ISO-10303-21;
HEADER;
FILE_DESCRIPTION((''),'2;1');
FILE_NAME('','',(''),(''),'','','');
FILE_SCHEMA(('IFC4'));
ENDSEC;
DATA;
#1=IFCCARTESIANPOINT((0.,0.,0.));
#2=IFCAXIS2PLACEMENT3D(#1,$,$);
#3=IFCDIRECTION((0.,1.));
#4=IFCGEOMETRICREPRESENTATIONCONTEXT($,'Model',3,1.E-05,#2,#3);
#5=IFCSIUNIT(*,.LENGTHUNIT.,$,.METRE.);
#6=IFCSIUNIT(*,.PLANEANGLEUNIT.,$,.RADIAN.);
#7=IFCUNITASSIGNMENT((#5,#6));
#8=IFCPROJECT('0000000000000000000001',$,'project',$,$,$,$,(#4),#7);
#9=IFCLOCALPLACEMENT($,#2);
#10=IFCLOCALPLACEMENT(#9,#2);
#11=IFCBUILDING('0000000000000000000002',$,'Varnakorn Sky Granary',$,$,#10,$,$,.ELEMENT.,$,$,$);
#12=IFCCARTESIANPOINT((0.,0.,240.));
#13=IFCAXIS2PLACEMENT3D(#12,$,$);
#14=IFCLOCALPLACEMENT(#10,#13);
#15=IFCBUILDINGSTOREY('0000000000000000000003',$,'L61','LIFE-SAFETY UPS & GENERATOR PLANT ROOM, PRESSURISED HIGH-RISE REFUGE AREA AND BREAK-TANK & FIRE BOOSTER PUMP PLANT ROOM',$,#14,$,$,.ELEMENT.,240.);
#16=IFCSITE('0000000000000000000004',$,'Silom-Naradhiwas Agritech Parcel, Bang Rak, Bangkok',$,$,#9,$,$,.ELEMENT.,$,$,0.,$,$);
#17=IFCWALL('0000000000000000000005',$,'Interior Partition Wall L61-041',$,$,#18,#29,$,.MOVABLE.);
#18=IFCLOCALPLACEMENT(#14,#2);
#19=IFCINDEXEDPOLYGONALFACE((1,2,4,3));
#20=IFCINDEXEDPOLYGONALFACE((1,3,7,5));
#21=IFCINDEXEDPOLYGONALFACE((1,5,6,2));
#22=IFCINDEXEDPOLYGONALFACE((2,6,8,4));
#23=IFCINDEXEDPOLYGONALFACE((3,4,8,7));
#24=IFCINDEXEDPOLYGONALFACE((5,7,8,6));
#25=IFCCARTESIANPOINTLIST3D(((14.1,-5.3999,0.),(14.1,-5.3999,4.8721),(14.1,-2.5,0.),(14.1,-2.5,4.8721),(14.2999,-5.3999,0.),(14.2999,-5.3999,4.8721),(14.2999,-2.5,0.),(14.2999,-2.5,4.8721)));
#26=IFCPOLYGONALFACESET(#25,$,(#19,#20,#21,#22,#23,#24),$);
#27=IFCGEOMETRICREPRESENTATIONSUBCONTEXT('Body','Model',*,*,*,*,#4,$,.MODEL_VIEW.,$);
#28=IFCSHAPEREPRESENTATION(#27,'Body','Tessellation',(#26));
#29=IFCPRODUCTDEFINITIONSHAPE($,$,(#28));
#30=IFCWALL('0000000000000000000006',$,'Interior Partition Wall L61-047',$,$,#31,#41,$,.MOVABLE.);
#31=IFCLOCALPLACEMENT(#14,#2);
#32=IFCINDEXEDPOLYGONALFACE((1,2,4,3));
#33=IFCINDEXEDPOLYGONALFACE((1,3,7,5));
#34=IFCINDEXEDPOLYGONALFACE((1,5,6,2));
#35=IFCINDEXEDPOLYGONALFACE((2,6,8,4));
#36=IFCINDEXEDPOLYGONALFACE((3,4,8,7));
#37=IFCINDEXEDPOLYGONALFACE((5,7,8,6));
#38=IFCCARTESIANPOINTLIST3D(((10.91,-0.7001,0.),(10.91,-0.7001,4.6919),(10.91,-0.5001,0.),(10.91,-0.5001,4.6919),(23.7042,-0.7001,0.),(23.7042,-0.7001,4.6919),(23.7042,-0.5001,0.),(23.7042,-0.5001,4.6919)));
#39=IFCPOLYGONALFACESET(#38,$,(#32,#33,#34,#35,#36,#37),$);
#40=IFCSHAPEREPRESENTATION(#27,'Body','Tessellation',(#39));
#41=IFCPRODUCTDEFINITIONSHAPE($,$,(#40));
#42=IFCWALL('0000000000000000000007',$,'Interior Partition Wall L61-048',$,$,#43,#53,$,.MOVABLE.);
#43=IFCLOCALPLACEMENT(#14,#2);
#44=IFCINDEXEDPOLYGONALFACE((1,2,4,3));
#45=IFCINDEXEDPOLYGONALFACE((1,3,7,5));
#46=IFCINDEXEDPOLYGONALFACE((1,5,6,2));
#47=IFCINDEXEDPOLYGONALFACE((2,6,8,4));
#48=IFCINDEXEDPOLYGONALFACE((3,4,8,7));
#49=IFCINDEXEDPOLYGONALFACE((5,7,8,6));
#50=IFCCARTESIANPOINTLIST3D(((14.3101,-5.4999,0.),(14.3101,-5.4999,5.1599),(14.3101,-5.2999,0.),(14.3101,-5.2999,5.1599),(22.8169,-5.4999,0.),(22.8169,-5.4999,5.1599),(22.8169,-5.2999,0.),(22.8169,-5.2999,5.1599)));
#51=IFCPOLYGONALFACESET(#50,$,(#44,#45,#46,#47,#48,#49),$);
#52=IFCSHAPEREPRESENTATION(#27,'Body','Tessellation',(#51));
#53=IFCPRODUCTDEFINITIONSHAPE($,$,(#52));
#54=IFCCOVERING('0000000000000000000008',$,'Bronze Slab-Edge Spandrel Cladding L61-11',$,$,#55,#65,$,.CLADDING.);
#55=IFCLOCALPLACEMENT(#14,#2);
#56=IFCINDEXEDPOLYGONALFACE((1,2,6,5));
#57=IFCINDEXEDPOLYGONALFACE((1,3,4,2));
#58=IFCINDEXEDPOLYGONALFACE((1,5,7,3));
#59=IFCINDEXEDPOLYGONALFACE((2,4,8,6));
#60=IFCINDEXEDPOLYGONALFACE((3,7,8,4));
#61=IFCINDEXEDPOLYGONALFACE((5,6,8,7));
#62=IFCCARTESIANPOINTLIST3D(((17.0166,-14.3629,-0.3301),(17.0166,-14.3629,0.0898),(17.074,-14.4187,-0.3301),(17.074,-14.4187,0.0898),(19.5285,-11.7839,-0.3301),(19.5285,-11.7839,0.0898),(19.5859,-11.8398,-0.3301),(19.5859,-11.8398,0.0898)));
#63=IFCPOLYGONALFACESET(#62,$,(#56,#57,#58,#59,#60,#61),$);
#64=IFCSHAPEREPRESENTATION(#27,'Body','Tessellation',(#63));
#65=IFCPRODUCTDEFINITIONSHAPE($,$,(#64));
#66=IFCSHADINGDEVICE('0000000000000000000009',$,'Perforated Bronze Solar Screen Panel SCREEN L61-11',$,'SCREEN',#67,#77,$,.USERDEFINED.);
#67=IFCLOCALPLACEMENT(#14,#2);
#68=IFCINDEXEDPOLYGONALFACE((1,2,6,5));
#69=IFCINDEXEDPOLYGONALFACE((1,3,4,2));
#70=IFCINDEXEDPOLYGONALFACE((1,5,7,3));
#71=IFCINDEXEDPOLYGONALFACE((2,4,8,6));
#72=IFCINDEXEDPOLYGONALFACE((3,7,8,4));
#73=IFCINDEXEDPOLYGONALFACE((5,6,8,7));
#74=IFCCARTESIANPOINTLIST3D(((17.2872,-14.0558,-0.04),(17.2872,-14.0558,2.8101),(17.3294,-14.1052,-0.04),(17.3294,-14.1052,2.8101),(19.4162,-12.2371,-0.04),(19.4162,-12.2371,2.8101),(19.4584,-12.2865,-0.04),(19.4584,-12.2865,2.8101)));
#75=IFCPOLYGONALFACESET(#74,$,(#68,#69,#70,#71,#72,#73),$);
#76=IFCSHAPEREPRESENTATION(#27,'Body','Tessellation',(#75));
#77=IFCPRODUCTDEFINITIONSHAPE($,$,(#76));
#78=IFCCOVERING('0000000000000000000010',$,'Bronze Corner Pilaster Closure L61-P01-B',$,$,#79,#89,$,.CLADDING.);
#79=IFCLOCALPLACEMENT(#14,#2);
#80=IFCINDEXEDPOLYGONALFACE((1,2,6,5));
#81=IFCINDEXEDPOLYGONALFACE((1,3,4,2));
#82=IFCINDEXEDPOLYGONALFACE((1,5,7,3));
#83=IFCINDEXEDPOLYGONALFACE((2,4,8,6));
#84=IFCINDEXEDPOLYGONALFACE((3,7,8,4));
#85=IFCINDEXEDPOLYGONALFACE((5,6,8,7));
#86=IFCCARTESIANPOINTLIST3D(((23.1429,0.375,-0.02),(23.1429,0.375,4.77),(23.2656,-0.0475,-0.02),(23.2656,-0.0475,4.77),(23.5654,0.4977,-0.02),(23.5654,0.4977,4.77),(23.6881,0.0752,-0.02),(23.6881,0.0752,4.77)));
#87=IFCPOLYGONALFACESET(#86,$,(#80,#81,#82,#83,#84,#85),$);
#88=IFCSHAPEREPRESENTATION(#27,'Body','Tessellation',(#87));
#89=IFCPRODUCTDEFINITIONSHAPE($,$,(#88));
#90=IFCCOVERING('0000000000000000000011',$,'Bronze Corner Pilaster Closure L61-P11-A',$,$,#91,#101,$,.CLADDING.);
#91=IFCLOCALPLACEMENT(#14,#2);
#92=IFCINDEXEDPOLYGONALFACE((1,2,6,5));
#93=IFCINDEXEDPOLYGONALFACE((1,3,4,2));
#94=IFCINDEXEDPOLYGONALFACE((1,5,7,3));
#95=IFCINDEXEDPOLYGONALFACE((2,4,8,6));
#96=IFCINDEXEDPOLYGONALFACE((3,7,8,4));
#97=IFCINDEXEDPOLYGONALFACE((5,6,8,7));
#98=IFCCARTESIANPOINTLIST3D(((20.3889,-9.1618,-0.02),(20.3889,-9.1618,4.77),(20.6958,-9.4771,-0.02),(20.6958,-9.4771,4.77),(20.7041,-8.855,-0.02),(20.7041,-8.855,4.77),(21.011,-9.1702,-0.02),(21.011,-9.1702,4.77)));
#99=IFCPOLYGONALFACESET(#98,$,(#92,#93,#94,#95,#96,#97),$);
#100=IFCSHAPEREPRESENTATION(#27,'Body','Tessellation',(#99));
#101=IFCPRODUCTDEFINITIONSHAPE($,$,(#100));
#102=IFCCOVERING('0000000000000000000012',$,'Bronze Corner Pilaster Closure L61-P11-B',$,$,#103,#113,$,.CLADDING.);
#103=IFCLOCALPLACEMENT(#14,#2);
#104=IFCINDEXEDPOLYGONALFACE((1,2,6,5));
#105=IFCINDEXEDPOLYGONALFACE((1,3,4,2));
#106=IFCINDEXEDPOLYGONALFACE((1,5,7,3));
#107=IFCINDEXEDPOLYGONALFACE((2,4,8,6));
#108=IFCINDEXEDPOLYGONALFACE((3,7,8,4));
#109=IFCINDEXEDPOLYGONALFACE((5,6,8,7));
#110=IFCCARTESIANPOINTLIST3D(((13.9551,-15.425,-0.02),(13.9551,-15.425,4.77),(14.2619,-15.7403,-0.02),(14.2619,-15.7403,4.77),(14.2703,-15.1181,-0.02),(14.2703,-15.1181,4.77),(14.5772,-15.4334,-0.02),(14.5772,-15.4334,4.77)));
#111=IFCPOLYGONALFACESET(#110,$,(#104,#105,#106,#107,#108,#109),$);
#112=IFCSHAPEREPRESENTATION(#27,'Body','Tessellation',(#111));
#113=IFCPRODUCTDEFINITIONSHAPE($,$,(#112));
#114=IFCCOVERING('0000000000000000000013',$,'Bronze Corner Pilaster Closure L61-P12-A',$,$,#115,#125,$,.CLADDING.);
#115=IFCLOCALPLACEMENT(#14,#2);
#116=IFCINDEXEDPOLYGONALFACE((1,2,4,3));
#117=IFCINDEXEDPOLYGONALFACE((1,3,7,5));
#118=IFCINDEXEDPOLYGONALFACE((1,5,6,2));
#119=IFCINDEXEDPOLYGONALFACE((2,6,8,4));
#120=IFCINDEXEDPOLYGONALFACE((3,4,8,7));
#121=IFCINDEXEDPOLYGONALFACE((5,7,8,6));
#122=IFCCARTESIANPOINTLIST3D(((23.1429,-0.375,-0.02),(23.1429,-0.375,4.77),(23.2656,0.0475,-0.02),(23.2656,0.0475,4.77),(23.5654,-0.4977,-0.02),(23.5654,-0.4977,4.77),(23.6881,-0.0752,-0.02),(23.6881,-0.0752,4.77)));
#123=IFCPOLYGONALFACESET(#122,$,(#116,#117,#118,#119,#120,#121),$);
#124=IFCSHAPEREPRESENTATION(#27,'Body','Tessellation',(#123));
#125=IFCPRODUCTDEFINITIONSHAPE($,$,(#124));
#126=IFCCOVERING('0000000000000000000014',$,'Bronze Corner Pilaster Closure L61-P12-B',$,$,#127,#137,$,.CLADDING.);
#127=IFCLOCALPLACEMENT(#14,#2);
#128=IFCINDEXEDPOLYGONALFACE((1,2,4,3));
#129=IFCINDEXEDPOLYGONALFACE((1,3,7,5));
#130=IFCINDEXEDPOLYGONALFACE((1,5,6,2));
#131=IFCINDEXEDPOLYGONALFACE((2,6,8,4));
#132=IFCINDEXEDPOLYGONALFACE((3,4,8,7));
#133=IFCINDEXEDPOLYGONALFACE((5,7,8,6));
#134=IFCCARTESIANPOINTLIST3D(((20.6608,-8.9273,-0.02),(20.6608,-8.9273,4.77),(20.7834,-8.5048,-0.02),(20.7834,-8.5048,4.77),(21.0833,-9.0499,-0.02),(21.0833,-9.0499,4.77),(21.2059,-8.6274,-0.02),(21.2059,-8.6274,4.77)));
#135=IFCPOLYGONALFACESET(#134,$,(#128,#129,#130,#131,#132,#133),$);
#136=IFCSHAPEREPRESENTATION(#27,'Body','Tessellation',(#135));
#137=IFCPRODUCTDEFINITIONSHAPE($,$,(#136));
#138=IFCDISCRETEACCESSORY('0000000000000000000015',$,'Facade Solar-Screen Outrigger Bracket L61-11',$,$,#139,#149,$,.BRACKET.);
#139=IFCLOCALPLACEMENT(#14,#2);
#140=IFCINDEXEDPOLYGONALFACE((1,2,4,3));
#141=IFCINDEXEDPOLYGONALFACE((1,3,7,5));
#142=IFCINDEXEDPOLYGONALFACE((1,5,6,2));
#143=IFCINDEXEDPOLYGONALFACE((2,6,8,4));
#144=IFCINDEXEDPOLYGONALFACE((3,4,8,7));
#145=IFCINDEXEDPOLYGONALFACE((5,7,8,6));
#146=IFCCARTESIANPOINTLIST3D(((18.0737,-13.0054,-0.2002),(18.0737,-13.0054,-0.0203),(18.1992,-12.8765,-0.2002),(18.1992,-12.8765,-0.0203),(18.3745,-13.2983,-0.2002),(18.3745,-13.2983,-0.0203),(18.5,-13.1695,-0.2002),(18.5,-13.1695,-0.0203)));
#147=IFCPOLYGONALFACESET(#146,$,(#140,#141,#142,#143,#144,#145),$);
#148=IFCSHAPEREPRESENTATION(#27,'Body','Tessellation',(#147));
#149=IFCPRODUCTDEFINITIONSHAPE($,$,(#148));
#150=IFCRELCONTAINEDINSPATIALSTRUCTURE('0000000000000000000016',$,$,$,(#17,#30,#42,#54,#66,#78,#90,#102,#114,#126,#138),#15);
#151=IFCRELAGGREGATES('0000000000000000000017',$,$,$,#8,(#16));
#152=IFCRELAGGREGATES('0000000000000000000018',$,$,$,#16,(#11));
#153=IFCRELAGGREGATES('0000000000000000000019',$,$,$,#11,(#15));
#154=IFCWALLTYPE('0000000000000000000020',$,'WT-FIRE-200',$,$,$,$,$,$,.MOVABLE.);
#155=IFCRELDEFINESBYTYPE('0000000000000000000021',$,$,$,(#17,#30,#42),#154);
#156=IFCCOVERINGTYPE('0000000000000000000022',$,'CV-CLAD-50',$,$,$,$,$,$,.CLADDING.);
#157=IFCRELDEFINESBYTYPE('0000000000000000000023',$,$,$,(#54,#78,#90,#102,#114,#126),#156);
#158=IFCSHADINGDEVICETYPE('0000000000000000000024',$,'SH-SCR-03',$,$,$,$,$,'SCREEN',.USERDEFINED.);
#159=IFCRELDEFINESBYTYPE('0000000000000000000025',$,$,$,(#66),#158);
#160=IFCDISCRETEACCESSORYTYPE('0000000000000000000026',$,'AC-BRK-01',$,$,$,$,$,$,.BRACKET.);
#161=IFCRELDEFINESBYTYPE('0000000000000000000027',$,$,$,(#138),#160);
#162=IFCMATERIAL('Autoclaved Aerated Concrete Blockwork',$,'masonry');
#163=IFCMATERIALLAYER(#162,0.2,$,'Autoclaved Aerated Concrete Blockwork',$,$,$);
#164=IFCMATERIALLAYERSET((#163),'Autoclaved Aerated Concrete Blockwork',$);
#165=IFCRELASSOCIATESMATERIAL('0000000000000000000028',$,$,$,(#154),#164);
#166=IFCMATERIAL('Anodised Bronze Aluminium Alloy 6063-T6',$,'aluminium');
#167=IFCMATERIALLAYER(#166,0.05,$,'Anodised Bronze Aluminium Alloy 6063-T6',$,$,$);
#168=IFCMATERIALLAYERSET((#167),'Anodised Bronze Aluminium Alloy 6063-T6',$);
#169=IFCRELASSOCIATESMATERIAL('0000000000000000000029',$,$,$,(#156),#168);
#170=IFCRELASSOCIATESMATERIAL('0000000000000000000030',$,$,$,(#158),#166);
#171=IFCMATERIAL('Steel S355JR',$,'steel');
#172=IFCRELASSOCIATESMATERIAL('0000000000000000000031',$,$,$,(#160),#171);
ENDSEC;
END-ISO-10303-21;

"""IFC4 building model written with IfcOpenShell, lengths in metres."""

from ifc_helpers import new_model, si_unit, direction, frame, frame_2d, origin, origin_2d, place, context, subcontext, project, spatial, rectangle, extrude, source, transform, mapped, material, layer, layer_set, type_object, type_shapes, element, save


model = new_model("IFC4")

# Units and contexts
model_context = context("Model", 3, precision=1e-05, world=origin(), true_north=direction((0.0, 1.0)))
body_context = subcontext(model_context, "Body", "Model", "MODEL_VIEW")
ifc_project = project(units=[si_unit("LENGTHUNIT", "METRE"), si_unit("PLANEANGLEUNIT", "RADIAN")], contexts=[model_context])

# Site, building, storey
site_placement = place(None, origin())
site = spatial("IfcSite", under=ifc_project, at=site_placement, Name="Silom-Naradhiwas Agritech Parcel, Bang Rak, Bangkok", CompositionType="ELEMENT", RefElevation=0.0)
building_placement = place(site_placement, origin())
building = spatial("IfcBuilding", under=site, at=building_placement, Name="Varnakorn Sky Granary", CompositionType="ELEMENT")
storey_placement = place(building_placement, frame((0.0, 0.0, 240.0)))
storey = spatial("IfcBuildingStorey", under=building, at=storey_placement, Name="L61", Description="LIFE-SAFETY UPS & GENERATOR PLANT ROOM, PRESSURISED HIGH-RISE REFUGE AREA AND BREAK-TANK & FIRE BOOSTER PUMP PLANT ROOM", CompositionType="ELEMENT", Elevation=240.0)

# Shared definitions
ifc_material_1 = material(Name="Steel S355JR", Category="steel")

# Walls
ifc_material_2 = material(Name="Autoclaved Aerated Concrete Blockwork", Category="masonry")
ifc_layer_1 = layer(ifc_material_2, 0.2, Name="Autoclaved Aerated Concrete Blockwork")
ifc_layer_set_1 = layer_set([ifc_layer_1], Name="Autoclaved Aerated Concrete Blockwork")
wall_type_1 = type_object("IfcWallType", Name="WT-FIRE-200", PredefinedType="MOVABLE", material=ifc_layer_set_1)
wall_1_placement = place(storey_placement, frame((14.2, -2.5, 0.0), z_axis=(0.0, 0.0, 1.0), x_axis=(0.0, -1.0, 0.0)))
element("IfcWall", 1, at=wall_1_placement, inside=storey, type_object=wall_type_1, Name="Interior Partition Wall L61-041", PredefinedType="MOVABLE", context=body_context, shape_type="SweptSolid", body=[
    extrude(rectangle(XDim=2.8999, YDim=0.2, at=frame_2d((1.45, 0.0))), origin(), (0.0, 0.0, 1.0), 4.8721),
])
wall_2_placement = place(storey_placement, frame((23.7041, -0.6001, 0.0), z_axis=(0.0, 0.0, 1.0), x_axis=(-1.0, 0.0, 0.0)))
element("IfcWall", 2, at=wall_2_placement, inside=storey, type_object=wall_type_1, Name="Interior Partition Wall L61-047", PredefinedType="MOVABLE", context=body_context, shape_type="SweptSolid", body=[
    extrude(rectangle(XDim=12.7942, YDim=0.2, at=frame_2d((6.397, 0.0))), origin(), (0.0, 0.0, 1.0), 4.6919),
])
wall_3_placement = place(storey_placement, frame((22.8169, -5.3999, 0.0), z_axis=(0.0, 0.0, 1.0), x_axis=(-1.0, 0.0, 0.0)))
element("IfcWall", 3, at=wall_3_placement, inside=storey, type_object=wall_type_1, Name="Interior Partition Wall L61-048", PredefinedType="MOVABLE", context=body_context, shape_type="SweptSolid", body=[
    extrude(rectangle(XDim=8.5068, YDim=0.2, at=frame_2d((4.2534, 0.0))), origin(), (0.0, 0.0, 1.0), 5.1599),
])

# Shared definitions
ifc_material_3 = material(Name="Anodised Bronze Aluminium Alloy 6063-T6", Category="aluminium")

# Covering
ifc_layer_2 = layer(ifc_material_3, 0.05, Name="Anodised Bronze Aluminium Alloy 6063-T6")
ifc_layer_set_2 = layer_set([ifc_layer_2], Name="Anodised Bronze Aluminium Alloy 6063-T6")
covering_type = type_object("IfcCoveringType", Name="CV-CLAD-50", PredefinedType="CLADDING", material=ifc_layer_set_2)
shared_shape_1 = source(origin(), body_context, "Body", "SweptSolid", [
    extrude(rectangle(XDim=3.6001, YDim=0.0801, at=origin_2d()), origin(), (0.0, 0.0, 1.0), 0.4199),
])
covering_placement = place(storey_placement, frame((18.3013, -13.1013, -0.3301), z_axis=(0.0, 0.0, 1.0), x_axis=(0.697731, 0.71636, 0.0)))
element("IfcCovering", 4, at=covering_placement, inside=storey, type_object=covering_type, Name="Bronze Slab-Edge Spandrel Cladding L61-11", PredefinedType="CLADDING", context=body_context, shape_type="MappedRepresentation", body=[
    mapped(shared_shape_1, transform((0.0, 0.0, 0.0), x_axis=(1.0, 0.0, 0.0), y_axis=(0.0, 1.0, 0.0), z_axis=(0.0, 0.0, 1.0), scale=1.0)),
])

# Shading device
shading_device_type = type_object("IfcShadingDeviceType", Name="SH-SCR-03", ElementType="SCREEN", PredefinedType="USERDEFINED", material=ifc_material_3)
shared_shape_2 = source(origin(), body_context, "Body", "SweptSolid", [
    extrude(rectangle(XDim=2.8, YDim=0.0649, at=origin_2d()), origin(), (0.0, 0.0, 1.0), 2.8501),
])
type_shapes(shading_device_type, [shared_shape_2])
shading_device_placement = place(storey_placement, frame((18.3728, -13.1711, -0.04), z_axis=(0.0, 0.0, 1.0), x_axis=(0.760352, 0.649511, 0.0)))
element("IfcShadingDevice", 5, at=shading_device_placement, inside=storey, type_object=shading_device_type, Name="Perforated Bronze Solar Screen Panel SCREEN L61-11", ObjectType="SCREEN", PredefinedType="USERDEFINED", context=body_context, shape_type="MappedRepresentation", body=[
    mapped(shared_shape_2, transform((0.0, 0.0, 0.0), x_axis=(1.0, 0.0, 0.0), y_axis=(0.0, 1.0, 0.0), z_axis=(0.0, 0.0, 1.0), scale=1.0)),
])

# Coverings
shared_shape_3 = source(origin(), body_context, "Body", "SweptSolid", [
    extrude(rectangle(XDim=0.4399, YDim=0.4399, at=origin_2d()), origin(), (0.0, 0.0, 1.0), 4.79),
])
type_shapes(covering_type, [shared_shape_1, shared_shape_3])
for number, where, z_axis, x_axis, name in (
    (6, (23.4155, 0.2251, -0.02), (0.0, 0.0, 1.0), (0.278823, -0.960342, 0.0), "Bronze Corner Pilaster Closure L61-P01-B"),
    (7, (20.7, -9.166, -0.02), (0.0, 0.0, 1.0), (-0.716545, -0.69754, 0.0), "Bronze Corner Pilaster Closure L61-P11-A"),
    (8, (14.2661, -15.4292, -0.02), (0.0, 0.0, 1.0), (-0.716545, -0.69754, 0.0), "Bronze Corner Pilaster Closure L61-P11-B"),
    (9, (23.4155, -0.2251, -0.02), (0.0, 0.0, 1.0), (-0.278823, -0.960342, 0.0), "Bronze Corner Pilaster Closure L61-P12-A"),
    (10, (20.9333, -8.7773, -0.02), (0.0, 0.0, 1.0), (-0.278823, -0.960342, 0.0), "Bronze Corner Pilaster Closure L61-P12-B"),
):
    element("IfcCovering", number, at=place(storey_placement, frame(where, z_axis=z_axis, x_axis=x_axis)), inside=storey, type_object=covering_type, Name=name, PredefinedType="CLADDING", context=body_context, shape_type="MappedRepresentation", body=[
        mapped(shared_shape_3, transform((0.0, 0.0, 0.0), x_axis=(1.0, 0.0, 0.0), y_axis=(0.0, 1.0, 0.0), z_axis=(0.0, 0.0, 1.0), scale=1.0)),
    ])

# Discrete accessory
discrete_accessory_type = type_object("IfcDiscreteAccessoryType", Name="AC-BRK-01", PredefinedType="BRACKET", material=ifc_material_1)
shared_shape_4 = source(origin(), body_context, "Body", "SweptSolid", [
    extrude(rectangle(XDim=0.1799, YDim=0.4199, at=origin_2d()), origin(), (0.0, 0.0, 1.0), 0.1799),
])
type_shapes(discrete_accessory_type, [shared_shape_4])
discrete_accessory_placement = place(storey_placement, frame((18.2869, -13.0874, -0.2002), z_axis=(0.0, 0.0, 1.0), x_axis=(0.697731, 0.71636, 0.0)))
element("IfcDiscreteAccessory", 11, at=discrete_accessory_placement, inside=storey, type_object=discrete_accessory_type, Name="Facade Solar-Screen Outrigger Bracket L61-11", PredefinedType="BRACKET", context=body_context, shape_type="MappedRepresentation", body=[
    mapped(shared_shape_4, transform((0.0, 0.0, 0.0), x_axis=(1.0, 0.0, 0.0), y_axis=(0.0, 1.0, 0.0), z_axis=(0.0, 0.0, 1.0), scale=1.0)),
])

save(model, "model.ifc")
